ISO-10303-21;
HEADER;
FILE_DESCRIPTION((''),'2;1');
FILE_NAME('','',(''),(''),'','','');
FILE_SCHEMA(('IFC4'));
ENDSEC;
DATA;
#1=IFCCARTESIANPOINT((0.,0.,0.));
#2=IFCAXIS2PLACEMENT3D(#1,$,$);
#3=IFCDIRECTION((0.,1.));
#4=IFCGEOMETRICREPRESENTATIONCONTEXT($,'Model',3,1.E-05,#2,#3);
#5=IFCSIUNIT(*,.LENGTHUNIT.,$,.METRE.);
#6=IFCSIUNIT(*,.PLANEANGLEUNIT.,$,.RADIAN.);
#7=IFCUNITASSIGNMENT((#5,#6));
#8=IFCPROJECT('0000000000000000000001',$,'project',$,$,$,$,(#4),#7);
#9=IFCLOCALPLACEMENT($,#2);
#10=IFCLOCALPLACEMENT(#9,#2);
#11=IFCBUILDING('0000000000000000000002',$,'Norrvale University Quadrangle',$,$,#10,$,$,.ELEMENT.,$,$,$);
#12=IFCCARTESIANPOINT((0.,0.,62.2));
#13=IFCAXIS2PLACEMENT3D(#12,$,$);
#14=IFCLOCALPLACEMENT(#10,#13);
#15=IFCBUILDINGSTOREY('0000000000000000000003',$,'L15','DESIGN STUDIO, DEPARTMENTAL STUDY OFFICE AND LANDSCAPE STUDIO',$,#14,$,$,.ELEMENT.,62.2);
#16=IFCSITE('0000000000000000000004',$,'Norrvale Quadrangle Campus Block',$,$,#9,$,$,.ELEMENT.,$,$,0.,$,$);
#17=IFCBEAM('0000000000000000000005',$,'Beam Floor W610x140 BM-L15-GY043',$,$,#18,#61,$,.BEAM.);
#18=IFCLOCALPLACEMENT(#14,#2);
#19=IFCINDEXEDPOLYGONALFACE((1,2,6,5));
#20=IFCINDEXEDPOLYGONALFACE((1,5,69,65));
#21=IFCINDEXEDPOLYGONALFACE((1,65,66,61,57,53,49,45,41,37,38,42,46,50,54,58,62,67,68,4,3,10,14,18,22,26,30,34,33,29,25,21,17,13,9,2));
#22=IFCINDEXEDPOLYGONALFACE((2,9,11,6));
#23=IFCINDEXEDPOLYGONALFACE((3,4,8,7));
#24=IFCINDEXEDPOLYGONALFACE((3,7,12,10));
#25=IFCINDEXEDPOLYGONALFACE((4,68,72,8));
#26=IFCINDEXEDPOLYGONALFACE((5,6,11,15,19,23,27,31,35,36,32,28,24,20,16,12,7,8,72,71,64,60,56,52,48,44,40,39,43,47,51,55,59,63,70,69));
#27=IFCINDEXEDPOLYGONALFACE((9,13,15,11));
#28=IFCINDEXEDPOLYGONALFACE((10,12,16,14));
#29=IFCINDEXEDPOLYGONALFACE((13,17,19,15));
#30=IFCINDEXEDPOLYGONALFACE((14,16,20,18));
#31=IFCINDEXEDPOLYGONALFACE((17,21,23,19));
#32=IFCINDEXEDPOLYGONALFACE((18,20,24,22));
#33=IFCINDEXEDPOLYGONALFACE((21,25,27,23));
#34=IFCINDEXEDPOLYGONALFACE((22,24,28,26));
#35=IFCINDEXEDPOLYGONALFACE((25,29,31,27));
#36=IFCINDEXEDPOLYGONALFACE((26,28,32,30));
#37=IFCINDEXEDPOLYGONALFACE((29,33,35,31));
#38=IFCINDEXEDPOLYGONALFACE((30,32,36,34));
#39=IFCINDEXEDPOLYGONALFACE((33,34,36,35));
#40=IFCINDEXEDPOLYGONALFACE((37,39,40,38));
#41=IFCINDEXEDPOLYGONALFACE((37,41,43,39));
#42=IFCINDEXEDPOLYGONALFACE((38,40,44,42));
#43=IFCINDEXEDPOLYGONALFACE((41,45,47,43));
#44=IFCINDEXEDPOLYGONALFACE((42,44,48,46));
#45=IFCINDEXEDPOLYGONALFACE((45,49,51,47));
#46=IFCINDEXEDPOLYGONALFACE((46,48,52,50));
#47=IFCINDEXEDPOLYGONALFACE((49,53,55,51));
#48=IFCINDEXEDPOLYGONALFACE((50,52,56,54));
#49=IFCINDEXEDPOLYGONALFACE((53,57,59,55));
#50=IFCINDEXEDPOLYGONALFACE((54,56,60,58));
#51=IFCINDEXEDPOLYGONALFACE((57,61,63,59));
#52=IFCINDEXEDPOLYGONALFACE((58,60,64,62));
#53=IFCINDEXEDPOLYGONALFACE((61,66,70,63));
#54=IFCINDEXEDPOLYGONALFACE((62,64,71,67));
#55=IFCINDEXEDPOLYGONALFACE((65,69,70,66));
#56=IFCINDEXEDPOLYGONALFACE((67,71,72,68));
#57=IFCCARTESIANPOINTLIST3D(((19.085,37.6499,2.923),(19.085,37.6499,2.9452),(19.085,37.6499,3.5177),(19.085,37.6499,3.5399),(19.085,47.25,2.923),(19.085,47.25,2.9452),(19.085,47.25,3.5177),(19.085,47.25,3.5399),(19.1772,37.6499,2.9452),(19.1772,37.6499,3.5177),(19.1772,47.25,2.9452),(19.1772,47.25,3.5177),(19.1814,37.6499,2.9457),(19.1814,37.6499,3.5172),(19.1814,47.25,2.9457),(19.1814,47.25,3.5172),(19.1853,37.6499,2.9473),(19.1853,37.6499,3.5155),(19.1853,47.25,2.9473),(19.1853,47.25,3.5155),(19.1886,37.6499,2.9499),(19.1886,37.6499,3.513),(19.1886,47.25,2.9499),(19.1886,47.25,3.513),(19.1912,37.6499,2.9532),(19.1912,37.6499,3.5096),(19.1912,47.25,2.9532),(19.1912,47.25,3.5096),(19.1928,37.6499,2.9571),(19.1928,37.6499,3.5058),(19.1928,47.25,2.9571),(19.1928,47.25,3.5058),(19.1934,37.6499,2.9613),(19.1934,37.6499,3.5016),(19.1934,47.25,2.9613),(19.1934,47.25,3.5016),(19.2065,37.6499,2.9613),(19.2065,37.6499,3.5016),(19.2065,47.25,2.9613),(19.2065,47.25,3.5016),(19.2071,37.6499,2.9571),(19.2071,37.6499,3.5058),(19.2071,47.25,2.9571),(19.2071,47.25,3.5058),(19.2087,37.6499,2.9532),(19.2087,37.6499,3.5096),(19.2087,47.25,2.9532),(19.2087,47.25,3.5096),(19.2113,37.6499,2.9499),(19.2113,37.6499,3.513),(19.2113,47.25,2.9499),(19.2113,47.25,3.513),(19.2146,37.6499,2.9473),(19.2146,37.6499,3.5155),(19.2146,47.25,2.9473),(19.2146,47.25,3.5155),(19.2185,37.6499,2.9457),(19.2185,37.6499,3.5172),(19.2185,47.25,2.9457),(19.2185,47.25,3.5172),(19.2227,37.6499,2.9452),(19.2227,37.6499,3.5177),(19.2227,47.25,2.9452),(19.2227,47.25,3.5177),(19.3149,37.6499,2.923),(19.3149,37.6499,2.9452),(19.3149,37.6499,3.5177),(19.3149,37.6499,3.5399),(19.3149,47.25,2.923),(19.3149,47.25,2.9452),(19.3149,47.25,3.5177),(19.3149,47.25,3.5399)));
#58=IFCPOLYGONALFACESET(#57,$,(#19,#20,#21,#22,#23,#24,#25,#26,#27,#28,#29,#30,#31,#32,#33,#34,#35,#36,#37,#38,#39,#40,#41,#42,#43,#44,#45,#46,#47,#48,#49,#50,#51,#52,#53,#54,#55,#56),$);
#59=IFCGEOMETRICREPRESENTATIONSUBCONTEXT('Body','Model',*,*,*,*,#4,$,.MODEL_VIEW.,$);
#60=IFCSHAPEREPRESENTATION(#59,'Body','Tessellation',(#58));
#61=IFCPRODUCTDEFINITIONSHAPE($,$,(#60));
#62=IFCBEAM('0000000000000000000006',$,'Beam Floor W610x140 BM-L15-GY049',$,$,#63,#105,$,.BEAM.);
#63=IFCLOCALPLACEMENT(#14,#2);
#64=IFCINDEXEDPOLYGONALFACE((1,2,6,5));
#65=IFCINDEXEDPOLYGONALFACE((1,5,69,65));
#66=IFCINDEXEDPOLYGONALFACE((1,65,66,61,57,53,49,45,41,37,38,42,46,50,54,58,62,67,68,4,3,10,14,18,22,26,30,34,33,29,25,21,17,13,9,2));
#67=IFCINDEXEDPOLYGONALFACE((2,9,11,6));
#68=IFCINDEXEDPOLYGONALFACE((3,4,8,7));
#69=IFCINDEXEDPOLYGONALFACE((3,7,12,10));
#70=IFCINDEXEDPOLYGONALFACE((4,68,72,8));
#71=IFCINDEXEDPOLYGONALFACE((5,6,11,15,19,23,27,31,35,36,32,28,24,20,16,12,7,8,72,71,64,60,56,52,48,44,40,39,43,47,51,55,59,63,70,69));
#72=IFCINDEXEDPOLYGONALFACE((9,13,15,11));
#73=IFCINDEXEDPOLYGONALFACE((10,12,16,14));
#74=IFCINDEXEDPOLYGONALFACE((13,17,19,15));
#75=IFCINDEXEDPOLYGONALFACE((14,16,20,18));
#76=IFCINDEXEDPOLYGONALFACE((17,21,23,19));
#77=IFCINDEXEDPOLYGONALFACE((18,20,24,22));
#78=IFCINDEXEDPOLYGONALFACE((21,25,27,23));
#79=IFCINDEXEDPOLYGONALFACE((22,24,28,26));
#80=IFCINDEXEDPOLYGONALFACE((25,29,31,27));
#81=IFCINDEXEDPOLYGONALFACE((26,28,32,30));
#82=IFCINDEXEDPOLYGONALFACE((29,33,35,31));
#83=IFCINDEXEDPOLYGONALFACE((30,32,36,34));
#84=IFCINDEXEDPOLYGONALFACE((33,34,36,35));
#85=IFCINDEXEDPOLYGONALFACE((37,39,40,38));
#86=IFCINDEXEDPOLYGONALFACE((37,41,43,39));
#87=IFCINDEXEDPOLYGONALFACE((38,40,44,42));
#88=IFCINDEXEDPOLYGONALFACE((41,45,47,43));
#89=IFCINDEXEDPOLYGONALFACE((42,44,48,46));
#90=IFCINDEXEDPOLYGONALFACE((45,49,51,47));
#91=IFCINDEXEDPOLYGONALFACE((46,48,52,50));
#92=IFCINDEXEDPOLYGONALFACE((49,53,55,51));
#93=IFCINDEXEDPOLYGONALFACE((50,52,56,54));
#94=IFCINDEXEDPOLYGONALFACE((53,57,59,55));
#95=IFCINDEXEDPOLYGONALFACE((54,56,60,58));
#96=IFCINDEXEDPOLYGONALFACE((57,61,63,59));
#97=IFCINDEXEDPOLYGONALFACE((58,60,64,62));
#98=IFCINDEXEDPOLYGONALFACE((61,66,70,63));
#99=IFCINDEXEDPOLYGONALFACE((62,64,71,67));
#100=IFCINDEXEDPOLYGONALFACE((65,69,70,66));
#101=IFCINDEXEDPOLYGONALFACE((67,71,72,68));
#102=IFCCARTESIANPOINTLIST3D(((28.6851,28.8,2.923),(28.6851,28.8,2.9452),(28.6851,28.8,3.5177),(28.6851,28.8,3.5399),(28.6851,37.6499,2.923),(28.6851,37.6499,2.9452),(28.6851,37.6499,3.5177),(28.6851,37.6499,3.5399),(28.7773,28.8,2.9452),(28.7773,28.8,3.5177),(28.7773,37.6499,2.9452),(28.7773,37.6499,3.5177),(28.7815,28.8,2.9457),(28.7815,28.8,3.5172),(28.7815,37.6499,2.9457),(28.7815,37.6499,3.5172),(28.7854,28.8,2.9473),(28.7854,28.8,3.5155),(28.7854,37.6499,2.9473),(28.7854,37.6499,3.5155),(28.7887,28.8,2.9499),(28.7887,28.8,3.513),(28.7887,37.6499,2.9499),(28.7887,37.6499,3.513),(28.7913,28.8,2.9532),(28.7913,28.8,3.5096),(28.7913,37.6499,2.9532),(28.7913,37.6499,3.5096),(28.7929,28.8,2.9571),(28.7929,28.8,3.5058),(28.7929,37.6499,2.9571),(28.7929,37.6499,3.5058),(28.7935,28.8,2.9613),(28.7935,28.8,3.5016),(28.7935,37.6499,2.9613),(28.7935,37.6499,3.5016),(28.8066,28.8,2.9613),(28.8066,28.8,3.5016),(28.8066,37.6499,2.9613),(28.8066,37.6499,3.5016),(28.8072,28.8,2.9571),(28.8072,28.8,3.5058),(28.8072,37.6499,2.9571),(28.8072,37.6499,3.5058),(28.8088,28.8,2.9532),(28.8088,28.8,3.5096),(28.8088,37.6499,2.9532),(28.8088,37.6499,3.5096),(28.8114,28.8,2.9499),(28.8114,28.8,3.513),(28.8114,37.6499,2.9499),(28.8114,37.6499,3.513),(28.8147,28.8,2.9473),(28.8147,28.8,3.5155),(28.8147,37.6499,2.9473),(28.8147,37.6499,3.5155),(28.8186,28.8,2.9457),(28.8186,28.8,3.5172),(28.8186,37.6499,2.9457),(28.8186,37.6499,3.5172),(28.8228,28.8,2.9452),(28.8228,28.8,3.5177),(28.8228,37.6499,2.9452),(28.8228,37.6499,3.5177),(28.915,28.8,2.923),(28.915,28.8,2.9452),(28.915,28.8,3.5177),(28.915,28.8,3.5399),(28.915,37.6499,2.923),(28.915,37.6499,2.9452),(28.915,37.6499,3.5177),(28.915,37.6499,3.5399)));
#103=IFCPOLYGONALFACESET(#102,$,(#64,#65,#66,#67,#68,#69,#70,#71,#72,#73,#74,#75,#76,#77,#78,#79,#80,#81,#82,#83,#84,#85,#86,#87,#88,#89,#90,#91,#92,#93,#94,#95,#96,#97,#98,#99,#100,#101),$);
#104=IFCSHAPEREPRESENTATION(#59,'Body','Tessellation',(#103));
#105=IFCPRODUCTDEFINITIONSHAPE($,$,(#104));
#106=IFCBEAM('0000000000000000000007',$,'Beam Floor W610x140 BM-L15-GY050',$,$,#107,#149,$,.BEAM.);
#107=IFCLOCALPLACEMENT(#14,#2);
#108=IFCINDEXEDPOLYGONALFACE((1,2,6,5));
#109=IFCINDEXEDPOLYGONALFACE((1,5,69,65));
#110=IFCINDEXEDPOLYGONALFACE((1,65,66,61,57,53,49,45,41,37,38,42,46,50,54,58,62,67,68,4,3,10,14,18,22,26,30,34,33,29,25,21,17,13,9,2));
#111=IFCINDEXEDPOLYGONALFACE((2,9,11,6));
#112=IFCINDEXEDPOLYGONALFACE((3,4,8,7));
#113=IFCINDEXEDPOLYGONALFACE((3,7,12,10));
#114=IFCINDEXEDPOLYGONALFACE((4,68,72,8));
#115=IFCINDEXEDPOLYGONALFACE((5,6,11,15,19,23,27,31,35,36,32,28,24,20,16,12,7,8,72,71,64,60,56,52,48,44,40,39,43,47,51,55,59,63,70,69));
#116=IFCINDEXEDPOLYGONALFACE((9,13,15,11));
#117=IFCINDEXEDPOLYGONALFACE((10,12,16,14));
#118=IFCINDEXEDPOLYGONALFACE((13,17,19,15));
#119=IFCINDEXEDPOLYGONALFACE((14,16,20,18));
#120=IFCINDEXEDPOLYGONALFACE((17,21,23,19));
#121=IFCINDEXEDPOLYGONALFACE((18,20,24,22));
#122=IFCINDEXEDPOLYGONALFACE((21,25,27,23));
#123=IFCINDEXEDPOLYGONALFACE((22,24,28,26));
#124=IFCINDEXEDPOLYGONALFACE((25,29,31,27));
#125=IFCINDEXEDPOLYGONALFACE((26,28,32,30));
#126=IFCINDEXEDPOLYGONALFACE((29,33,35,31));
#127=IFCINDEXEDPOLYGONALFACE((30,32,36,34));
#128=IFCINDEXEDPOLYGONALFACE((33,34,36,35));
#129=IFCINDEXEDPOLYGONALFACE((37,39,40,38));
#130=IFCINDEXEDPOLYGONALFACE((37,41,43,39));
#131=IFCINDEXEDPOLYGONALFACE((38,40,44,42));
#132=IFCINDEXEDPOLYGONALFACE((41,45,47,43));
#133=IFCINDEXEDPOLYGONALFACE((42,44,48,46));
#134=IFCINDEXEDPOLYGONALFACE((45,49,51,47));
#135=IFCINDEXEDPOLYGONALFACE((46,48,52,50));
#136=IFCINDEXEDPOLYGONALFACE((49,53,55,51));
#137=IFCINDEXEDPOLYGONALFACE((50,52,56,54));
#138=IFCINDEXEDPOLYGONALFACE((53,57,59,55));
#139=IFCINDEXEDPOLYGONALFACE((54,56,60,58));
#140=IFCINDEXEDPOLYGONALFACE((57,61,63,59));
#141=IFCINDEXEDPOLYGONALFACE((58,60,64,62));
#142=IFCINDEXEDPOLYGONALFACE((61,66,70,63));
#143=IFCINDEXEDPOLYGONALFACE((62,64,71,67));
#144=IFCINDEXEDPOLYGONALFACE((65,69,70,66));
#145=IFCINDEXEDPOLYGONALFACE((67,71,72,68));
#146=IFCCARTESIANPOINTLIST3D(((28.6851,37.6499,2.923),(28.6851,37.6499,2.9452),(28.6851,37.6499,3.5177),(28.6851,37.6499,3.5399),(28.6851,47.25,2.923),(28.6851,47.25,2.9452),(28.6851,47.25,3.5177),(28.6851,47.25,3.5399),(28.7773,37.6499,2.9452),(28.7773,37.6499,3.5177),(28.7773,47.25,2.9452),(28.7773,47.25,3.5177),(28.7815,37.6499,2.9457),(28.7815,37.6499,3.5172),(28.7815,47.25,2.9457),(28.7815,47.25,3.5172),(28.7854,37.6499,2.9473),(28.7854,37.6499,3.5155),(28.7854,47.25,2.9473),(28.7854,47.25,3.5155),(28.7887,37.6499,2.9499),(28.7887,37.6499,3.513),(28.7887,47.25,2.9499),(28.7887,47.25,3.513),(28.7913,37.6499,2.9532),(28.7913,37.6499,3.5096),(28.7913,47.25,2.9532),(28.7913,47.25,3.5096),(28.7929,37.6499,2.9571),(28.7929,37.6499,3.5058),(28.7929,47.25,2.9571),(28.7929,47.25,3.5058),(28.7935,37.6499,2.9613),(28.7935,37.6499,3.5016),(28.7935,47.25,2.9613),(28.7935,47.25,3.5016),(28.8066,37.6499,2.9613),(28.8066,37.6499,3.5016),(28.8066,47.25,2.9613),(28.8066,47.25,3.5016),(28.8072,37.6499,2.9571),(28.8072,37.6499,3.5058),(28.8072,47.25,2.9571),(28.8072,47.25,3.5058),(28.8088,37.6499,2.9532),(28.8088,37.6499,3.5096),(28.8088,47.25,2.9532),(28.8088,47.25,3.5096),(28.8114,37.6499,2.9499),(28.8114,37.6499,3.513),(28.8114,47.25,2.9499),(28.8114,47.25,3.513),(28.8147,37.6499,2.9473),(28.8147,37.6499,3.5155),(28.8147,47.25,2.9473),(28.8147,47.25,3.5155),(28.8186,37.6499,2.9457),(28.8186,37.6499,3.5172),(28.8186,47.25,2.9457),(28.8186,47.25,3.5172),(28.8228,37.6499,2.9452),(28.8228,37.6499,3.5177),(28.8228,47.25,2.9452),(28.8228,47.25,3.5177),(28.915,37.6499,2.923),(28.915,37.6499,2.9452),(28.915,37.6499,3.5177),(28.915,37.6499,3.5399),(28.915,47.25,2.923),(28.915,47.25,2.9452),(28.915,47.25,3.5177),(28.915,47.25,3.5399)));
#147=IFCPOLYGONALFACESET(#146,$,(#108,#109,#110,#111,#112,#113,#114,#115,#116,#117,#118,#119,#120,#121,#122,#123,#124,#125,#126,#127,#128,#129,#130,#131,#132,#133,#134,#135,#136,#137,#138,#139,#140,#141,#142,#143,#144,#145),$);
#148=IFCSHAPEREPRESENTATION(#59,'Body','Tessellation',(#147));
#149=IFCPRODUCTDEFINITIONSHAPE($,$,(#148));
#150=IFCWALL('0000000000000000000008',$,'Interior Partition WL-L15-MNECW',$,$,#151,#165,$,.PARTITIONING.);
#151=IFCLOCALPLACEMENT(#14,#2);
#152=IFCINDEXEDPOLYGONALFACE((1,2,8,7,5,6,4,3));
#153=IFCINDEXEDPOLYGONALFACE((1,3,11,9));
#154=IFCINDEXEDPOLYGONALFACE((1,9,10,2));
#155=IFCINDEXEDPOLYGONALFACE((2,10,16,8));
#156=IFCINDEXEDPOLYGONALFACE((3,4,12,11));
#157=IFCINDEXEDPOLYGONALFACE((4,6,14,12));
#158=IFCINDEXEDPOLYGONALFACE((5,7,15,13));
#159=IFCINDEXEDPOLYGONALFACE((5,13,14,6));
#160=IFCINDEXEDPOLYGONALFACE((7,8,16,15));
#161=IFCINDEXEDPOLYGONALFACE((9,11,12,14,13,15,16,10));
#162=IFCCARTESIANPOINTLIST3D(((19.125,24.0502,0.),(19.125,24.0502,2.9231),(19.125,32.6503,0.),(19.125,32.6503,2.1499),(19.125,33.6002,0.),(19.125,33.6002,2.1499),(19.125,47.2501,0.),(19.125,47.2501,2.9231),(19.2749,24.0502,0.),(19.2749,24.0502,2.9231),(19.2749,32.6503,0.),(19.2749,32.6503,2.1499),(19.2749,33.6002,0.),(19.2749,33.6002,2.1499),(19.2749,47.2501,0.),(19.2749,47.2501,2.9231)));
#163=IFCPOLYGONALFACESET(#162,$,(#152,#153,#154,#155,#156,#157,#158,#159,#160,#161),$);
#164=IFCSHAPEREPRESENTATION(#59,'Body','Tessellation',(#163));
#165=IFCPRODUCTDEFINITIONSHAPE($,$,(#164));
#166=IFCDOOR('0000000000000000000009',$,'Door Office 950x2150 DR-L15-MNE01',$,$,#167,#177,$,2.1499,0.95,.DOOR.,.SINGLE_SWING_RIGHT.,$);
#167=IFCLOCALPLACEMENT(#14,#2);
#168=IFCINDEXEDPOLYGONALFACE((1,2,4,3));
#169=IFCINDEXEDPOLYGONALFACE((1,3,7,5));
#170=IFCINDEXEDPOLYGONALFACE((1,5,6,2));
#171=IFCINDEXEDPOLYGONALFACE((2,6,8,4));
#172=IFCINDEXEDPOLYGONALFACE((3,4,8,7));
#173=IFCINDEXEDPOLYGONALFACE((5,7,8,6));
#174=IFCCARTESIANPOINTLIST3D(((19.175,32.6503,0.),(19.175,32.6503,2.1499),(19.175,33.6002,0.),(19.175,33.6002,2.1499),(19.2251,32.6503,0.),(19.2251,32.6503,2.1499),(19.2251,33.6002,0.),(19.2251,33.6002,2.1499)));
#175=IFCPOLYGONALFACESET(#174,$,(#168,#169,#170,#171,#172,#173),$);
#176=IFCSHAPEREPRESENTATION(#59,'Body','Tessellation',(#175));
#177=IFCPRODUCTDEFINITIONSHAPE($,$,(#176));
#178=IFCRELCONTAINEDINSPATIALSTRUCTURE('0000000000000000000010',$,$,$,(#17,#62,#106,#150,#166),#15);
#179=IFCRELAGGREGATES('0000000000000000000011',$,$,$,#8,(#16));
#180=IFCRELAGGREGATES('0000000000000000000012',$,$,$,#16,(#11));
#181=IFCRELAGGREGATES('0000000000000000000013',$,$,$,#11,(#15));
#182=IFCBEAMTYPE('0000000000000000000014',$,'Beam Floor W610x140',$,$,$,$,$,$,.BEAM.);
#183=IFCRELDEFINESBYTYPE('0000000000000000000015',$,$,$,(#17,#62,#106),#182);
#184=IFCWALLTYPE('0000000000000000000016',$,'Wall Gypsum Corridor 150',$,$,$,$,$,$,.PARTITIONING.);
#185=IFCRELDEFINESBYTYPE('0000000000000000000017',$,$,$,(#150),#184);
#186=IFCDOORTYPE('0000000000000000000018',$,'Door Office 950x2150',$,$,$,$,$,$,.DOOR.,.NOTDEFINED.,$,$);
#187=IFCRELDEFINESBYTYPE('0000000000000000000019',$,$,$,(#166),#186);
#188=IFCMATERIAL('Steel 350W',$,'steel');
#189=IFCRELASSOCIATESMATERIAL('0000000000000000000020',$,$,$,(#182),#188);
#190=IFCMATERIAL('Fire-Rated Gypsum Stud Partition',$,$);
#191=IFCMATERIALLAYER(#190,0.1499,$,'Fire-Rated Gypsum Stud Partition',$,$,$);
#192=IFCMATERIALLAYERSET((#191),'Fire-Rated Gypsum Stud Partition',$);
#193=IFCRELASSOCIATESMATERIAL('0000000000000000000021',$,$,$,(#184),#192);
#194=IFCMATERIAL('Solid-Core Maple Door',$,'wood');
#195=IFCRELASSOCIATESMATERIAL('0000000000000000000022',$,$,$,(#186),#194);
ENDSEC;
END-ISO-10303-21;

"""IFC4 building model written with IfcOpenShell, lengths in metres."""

from ifc_helpers import new_model, si_unit, direction, frame, frame_2d, origin, origin_2d, place, context, subcontext, project, spatial, rectangle, i_section, extrude, material, layer, layer_set, material_profile, profile_set, type_object, element, fill, save


model = new_model("IFC4")

# Units and contexts
model_context = context("Model", 3, precision=1e-05, world=origin(), true_north=direction((0.0, 1.0)))
body_context = subcontext(model_context, "Body", "Model", "MODEL_VIEW")
ifc_project = project(units=[si_unit("LENGTHUNIT", "METRE"), si_unit("PLANEANGLEUNIT", "RADIAN")], contexts=[model_context])

# Site, building, storey
site_placement = place(None, origin())
site = spatial("IfcSite", under=ifc_project, at=site_placement, Name="Norrvale Quadrangle Campus Block", CompositionType="ELEMENT", RefElevation=0.0)
building_placement = place(site_placement, origin())
building = spatial("IfcBuilding", under=site, at=building_placement, Name="Norrvale University Quadrangle", CompositionType="ELEMENT")
storey_placement = place(building_placement, frame((0.0, 0.0, 62.2)))
storey = spatial("IfcBuildingStorey", under=building, at=storey_placement, Name="L15", Description="DESIGN STUDIO, DEPARTMENTAL STUDY OFFICE AND LANDSCAPE STUDIO", CompositionType="ELEMENT", Elevation=62.2)

# Beams
ifc_material_1 = material(Name="Steel 350W", Category="steel")
ifc_material_profile_1 = material_profile(ifc_material_1, i_section(OverallWidth=0.23, OverallDepth=0.6169, WebThickness=0.0132, FlangeThickness=0.0222, FilletRadius=0.0161, at=origin_2d()), Name="Steel 350W")
ifc_profile_set_1 = profile_set([ifc_material_profile_1], Name="Steel 350W")
beam_type_1 = type_object("IfcBeamType", Name="Beam Floor W610x140", PredefinedType="BEAM", material=ifc_profile_set_1)
beam_1_placement = place(storey_placement, frame((19.2, 37.6499, 3.2314), z_axis=(0.0, 1.0, 0.0), x_axis=(-1.0, 0.0, 0.0)))
element("IfcBeam", 1, at=beam_1_placement, inside=storey, type_object=beam_type_1, Name="Beam Floor W610x140 BM-L15-GY043", PredefinedType="BEAM", context=body_context, shape_type="SweptSolid", body=[
    extrude(i_section(OverallWidth=0.23, OverallDepth=0.6169, WebThickness=0.0132, FlangeThickness=0.0222, FilletRadius=0.0161, at=origin_2d()), origin(), (0.0, 0.0, 1.0), 9.6001),
])
beam_2_placement = place(storey_placement, frame((28.8, 28.8, 3.2314), z_axis=(0.0, 1.0, 0.0), x_axis=(-1.0, 0.0, 0.0)))
element("IfcBeam", 2, at=beam_2_placement, inside=storey, type_object=beam_type_1, Name="Beam Floor W610x140 BM-L15-GY049", PredefinedType="BEAM", context=body_context, shape_type="SweptSolid", body=[
    extrude(i_section(OverallWidth=0.23, OverallDepth=0.6169, WebThickness=0.0132, FlangeThickness=0.0222, FilletRadius=0.0161, at=origin_2d()), origin(), (0.0, 0.0, 1.0), 8.8499),
])
beam_3_placement = place(storey_placement, frame((28.8, 37.6499, 3.2314), z_axis=(0.0, 1.0, 0.0), x_axis=(-1.0, 0.0, 0.0)))
element("IfcBeam", 3, at=beam_3_placement, inside=storey, type_object=beam_type_1, Name="Beam Floor W610x140 BM-L15-GY050", PredefinedType="BEAM", context=body_context, shape_type="SweptSolid", body=[
    extrude(i_section(OverallWidth=0.23, OverallDepth=0.6169, WebThickness=0.0132, FlangeThickness=0.0222, FilletRadius=0.0161, at=origin_2d()), origin(), (0.0, 0.0, 1.0), 9.6001),
])

# Wall, opening, door
ifc_material_2 = material(Name="Fire-Rated Gypsum Stud Partition")
ifc_layer_1 = layer(ifc_material_2, 0.1499, Name="Fire-Rated Gypsum Stud Partition")
ifc_layer_set_1 = layer_set([ifc_layer_1], Name="Fire-Rated Gypsum Stud Partition")
wall_type_1 = type_object("IfcWallType", Name="Wall Gypsum Corridor 150", PredefinedType="PARTITIONING", material=ifc_layer_set_1)
wall_1_placement = place(storey_placement, frame((19.2, 24.05, 0.0), z_axis=(0.0, 0.0, 1.0), x_axis=(0.0, 1.0, 0.0)))
wall_1 = element("IfcWall", 4, at=wall_1_placement, inside=storey, type_object=wall_type_1, Name="Interior Partition WL-L15-MNECW", PredefinedType="PARTITIONING", context=body_context, shape_type="SweptSolid", body=[
    extrude(rectangle(XDim=23.2, YDim=0.1499, at=frame_2d((11.6001, 0.0))), origin(), (0.0, 0.0, 1.0), 2.9231),
])
opening_1_placement = place(wall_1_placement, frame((8.6001, 0.0, 0.0)))
opening_1 = element("IfcOpeningElement", 5, at=opening_1_placement, cuts=wall_1, PredefinedType="OPENING", context=body_context, shape_type="SweptSolid", body=[
    extrude(rectangle(XDim=0.95, YDim=2.1499, at=frame_2d((0.4751, 1.075))), frame((0.0, 0.0869, 0.0), z_axis=(0.0, -1.0, 0.0), x_axis=(1.0, 0.0, 0.0)), (0.0, 0.0, 1.0), 0.1738),
])
ifc_material_3 = material(Name="Solid-Core Maple Door", Category="wood")
door_type_1 = type_object("IfcDoorType", Name="Door Office 950x2150", OperationType="NOTDEFINED", PredefinedType="DOOR", material=ifc_material_3)
door_1_placement = place(opening_1_placement, origin())
door_1 = element("IfcDoor", 6, at=door_1_placement, inside=storey, type_object=door_type_1, Name="Door Office 950x2150 DR-L15-MNE01", OperationType="SINGLE_SWING_RIGHT", OverallHeight=2.1499, OverallWidth=0.95, PredefinedType="DOOR", context=body_context, shape_type="SweptSolid", body=[
    extrude(rectangle(XDim=0.95, YDim=2.1499, at=frame_2d((0.4751, 1.075))), frame((0.0, 0.0249, 0.0), z_axis=(0.0, -1.0, 0.0), x_axis=(1.0, 0.0, 0.0)), (0.0, 0.0, 1.0), 0.05),
])
fill(opening_1, door_1)

save(model, "model.ifc")
